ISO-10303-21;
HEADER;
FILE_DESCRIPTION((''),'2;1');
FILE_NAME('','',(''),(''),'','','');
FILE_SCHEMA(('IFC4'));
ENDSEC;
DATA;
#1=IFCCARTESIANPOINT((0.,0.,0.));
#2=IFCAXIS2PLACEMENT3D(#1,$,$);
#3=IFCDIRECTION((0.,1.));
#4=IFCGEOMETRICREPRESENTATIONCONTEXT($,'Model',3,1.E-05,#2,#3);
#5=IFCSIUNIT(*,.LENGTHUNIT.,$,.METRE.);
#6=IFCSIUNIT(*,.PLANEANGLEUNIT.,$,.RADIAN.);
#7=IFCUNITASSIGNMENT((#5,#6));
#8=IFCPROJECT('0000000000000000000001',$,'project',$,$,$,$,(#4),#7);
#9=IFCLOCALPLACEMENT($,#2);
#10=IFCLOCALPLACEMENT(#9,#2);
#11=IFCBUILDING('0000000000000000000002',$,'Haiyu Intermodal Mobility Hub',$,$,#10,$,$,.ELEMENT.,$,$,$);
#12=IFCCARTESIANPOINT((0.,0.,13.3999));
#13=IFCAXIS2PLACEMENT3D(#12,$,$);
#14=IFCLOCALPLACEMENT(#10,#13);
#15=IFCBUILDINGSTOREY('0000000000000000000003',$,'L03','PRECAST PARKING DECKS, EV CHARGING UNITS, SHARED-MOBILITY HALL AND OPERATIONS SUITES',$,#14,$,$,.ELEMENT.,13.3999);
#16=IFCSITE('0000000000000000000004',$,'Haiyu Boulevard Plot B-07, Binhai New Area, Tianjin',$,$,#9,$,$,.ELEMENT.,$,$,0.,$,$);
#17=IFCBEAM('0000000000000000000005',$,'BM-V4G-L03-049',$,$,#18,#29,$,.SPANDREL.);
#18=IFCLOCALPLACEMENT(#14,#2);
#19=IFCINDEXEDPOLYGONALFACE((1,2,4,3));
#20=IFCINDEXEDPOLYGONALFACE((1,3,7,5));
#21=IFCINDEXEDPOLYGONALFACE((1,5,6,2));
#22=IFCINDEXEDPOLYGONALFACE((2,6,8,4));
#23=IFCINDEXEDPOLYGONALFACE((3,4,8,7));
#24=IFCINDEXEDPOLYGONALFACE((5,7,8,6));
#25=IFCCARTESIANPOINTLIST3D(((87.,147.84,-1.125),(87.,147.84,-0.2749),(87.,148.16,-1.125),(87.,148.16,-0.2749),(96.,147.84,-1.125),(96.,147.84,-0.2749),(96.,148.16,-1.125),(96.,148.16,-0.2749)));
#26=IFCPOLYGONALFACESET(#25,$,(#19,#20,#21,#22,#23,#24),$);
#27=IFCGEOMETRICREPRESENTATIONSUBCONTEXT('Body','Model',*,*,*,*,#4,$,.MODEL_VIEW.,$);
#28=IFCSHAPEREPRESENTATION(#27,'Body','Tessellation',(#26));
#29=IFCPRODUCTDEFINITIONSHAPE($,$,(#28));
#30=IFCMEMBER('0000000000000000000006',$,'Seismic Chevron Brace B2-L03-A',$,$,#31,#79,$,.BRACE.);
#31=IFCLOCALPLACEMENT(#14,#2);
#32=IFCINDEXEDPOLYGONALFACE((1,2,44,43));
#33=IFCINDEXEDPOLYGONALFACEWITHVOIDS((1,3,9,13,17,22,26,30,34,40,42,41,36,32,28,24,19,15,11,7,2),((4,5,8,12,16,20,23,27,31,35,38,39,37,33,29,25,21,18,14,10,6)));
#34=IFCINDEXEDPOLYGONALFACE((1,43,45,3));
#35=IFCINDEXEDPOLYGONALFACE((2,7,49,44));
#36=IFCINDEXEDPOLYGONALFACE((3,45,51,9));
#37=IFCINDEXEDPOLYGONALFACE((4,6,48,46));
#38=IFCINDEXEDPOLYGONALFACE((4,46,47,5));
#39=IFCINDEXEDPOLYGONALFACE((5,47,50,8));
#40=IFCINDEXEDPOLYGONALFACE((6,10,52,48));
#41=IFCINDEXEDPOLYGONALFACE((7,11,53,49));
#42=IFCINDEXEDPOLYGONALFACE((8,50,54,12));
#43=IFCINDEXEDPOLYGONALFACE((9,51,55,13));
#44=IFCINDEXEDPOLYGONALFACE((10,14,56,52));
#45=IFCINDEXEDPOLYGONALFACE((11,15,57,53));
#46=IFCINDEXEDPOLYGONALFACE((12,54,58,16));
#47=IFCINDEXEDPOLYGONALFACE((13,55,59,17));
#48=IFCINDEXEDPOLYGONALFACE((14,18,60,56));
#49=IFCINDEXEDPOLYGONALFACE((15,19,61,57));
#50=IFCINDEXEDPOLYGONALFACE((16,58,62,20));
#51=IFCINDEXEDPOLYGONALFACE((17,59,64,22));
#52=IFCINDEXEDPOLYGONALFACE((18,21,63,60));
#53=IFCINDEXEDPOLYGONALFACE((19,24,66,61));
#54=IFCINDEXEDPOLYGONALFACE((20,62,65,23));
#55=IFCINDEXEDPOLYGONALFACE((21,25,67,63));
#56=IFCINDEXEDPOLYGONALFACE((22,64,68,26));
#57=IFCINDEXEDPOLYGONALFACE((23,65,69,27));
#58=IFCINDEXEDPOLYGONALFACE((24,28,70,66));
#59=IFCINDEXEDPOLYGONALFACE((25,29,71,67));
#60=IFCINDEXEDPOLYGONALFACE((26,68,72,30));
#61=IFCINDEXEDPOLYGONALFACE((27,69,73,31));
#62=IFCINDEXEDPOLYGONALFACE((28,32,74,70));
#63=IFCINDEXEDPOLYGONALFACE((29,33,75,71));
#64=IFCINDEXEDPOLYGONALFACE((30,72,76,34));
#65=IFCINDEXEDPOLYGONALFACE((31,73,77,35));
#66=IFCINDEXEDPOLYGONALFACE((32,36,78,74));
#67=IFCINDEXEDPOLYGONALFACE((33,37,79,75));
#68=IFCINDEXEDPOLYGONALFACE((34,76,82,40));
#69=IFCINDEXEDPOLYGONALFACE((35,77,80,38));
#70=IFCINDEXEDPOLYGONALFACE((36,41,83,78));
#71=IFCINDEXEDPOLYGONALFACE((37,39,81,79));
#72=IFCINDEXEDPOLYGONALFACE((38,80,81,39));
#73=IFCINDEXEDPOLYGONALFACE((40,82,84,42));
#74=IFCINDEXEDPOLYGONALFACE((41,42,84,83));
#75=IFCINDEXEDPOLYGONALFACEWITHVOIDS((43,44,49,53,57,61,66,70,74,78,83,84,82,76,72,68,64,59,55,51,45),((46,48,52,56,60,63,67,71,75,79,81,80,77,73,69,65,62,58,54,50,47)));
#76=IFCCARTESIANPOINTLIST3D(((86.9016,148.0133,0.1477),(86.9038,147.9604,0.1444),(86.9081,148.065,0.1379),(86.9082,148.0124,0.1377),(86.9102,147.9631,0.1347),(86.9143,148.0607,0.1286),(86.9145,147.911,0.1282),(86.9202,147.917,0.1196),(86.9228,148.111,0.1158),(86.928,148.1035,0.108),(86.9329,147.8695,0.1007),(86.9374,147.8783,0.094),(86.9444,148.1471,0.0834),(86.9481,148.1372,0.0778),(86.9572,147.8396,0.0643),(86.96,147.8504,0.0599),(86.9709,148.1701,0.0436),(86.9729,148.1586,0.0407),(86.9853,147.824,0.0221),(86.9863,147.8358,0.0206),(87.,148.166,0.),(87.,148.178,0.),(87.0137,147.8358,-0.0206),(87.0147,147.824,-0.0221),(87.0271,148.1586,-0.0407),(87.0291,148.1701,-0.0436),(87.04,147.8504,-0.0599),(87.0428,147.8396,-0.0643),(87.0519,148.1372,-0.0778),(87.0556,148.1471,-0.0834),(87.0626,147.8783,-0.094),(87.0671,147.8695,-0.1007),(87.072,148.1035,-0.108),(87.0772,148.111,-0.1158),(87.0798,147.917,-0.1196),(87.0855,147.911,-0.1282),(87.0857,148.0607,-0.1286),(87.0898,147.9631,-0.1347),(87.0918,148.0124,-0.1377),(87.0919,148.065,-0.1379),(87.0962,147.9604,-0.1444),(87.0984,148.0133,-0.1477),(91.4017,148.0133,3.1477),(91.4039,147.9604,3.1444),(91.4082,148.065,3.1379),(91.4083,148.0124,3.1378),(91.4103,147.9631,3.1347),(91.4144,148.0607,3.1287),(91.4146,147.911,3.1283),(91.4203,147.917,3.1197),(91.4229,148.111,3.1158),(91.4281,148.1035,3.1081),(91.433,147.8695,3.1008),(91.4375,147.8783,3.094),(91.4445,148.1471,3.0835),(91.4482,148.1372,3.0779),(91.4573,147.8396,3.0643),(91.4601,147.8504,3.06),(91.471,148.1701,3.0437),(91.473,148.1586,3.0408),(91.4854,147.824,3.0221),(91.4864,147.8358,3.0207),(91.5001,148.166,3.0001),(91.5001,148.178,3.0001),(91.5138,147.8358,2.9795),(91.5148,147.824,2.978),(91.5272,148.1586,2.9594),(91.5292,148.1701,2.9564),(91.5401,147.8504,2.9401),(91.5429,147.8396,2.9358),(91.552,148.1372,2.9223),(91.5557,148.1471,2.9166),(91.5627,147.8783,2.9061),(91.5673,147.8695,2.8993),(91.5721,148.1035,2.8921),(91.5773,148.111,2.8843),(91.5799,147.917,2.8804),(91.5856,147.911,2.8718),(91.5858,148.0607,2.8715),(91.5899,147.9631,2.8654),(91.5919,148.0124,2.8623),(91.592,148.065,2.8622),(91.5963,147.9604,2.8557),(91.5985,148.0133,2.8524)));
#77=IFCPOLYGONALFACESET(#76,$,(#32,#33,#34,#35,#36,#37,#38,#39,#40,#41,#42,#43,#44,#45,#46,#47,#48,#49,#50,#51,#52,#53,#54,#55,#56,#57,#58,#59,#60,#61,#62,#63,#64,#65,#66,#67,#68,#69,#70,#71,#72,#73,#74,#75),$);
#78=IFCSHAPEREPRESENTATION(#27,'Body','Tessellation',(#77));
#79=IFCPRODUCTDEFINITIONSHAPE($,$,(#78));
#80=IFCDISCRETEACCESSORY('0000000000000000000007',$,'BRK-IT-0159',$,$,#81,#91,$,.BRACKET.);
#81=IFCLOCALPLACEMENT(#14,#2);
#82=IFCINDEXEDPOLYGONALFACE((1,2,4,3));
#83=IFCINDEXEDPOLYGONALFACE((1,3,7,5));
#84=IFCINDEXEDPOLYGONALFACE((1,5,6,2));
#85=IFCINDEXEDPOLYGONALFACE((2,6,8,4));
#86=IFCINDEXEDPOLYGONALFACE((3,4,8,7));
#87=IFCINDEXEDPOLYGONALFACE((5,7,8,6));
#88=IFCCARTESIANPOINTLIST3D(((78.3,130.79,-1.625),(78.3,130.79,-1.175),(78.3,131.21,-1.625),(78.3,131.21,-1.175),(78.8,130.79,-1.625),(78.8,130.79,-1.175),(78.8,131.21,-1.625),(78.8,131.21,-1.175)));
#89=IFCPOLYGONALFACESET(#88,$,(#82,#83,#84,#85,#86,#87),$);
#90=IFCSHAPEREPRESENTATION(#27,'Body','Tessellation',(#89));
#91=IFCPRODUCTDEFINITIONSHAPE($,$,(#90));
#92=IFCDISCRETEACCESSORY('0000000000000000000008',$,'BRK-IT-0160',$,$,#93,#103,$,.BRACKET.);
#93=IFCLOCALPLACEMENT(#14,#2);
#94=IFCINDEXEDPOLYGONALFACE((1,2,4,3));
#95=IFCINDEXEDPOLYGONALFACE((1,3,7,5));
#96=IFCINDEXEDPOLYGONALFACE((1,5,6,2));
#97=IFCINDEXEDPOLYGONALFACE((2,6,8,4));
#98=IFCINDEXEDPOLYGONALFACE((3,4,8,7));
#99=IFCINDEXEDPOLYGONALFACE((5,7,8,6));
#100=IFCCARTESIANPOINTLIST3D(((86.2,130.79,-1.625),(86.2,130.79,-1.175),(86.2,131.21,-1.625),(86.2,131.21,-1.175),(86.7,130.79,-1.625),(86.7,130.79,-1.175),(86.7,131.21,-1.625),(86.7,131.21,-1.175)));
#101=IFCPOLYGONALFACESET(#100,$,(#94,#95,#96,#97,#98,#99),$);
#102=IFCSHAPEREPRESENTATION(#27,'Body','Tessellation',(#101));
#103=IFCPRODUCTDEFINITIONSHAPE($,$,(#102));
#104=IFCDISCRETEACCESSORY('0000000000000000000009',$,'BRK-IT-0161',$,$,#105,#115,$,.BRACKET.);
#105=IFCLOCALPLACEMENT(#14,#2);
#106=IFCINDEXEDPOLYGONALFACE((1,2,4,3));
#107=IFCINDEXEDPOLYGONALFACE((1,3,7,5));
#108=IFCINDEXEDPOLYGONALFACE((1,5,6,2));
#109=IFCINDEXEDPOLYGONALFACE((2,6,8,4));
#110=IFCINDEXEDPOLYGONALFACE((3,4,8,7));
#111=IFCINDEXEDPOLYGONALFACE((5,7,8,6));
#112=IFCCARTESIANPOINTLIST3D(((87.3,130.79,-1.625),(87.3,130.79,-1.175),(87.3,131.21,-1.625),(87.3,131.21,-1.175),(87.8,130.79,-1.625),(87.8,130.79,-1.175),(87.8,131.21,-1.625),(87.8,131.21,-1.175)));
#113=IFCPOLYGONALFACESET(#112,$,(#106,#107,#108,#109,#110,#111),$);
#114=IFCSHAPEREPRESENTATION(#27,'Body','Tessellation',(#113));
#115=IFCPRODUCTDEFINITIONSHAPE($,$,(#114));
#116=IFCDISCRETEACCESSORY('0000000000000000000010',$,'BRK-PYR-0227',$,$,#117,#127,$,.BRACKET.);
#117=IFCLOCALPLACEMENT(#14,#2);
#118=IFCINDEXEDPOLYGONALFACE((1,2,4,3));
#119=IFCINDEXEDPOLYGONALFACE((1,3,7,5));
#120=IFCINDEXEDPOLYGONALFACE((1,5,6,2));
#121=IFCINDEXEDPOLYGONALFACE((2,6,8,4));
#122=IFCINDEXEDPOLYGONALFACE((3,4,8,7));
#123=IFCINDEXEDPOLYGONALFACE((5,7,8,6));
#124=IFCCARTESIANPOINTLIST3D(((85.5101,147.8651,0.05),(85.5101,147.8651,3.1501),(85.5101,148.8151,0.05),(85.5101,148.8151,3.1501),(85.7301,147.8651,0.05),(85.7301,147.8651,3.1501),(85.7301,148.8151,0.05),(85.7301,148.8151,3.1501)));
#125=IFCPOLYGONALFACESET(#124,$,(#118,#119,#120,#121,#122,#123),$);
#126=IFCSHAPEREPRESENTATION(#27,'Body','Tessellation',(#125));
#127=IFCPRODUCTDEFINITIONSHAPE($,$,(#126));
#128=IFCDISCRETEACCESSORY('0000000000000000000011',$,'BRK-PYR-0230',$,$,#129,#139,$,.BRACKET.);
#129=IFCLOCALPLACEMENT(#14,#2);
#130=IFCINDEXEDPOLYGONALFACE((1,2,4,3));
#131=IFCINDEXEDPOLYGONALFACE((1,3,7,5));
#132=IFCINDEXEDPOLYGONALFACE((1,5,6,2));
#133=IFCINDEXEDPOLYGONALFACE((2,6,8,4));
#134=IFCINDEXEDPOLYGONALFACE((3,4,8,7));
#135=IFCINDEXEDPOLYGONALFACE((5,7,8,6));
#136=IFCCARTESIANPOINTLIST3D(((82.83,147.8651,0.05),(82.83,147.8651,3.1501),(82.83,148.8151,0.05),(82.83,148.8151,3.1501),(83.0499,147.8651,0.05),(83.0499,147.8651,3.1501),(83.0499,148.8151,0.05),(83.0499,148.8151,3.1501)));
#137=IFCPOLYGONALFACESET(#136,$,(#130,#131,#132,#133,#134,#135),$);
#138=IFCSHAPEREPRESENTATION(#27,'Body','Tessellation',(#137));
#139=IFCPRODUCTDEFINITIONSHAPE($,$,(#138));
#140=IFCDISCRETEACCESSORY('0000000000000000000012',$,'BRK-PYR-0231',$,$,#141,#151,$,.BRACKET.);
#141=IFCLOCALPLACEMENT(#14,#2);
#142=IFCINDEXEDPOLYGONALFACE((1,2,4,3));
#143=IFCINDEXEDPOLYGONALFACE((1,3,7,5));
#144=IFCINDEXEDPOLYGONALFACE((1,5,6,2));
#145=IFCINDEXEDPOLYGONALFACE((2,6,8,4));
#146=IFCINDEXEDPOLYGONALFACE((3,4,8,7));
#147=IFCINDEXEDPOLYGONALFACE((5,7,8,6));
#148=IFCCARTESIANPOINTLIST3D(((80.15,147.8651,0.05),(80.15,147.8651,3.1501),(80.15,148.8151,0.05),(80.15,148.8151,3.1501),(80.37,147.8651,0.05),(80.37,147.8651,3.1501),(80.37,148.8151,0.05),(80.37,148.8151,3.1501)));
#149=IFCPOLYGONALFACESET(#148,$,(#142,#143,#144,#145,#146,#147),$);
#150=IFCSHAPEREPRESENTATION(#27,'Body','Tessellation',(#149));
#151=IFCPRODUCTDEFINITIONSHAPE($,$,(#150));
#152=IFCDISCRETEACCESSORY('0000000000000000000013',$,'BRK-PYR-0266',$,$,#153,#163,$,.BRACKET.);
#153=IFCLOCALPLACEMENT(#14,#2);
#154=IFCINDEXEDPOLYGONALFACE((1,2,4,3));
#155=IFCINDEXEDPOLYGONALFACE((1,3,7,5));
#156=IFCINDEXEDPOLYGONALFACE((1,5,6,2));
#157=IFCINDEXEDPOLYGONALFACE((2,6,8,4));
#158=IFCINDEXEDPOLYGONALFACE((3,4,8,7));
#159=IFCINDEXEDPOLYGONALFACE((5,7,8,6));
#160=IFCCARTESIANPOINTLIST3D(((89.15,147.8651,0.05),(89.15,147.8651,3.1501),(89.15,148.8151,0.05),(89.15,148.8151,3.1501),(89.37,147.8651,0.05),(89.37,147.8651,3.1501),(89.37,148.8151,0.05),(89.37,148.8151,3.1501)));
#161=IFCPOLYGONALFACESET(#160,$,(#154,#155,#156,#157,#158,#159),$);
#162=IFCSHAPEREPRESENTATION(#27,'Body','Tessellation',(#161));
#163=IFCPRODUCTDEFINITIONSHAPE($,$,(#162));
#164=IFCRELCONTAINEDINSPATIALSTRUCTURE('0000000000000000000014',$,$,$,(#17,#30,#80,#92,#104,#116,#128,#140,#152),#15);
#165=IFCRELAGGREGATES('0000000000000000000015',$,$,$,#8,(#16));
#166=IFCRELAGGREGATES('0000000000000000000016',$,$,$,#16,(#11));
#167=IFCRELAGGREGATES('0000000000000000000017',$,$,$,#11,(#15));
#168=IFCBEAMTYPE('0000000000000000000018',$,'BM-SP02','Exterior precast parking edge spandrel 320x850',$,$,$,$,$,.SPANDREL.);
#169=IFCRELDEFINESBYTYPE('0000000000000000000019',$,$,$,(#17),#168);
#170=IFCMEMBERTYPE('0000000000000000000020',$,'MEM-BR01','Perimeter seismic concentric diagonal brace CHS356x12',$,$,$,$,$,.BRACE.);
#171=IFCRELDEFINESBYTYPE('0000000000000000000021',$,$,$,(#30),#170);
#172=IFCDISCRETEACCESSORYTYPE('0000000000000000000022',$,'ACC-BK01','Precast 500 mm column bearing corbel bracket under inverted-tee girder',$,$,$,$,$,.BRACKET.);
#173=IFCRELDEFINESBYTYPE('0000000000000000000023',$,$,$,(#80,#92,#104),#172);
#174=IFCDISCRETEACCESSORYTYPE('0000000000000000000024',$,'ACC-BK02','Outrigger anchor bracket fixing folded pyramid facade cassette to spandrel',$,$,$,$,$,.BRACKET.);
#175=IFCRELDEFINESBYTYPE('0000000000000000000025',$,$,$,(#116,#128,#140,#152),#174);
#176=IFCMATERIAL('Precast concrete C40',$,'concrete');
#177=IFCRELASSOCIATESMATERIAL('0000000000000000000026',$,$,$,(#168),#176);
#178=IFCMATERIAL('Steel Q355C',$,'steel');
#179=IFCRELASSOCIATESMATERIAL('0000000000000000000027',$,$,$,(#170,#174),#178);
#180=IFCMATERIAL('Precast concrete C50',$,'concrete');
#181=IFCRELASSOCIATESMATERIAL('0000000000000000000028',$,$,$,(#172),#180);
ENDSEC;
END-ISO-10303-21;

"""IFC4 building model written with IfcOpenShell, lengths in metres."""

from ifc_helpers import new_model, si_unit, direction, frame, origin, origin_2d, place, context, subcontext, project, spatial, rectangle, hollow_circle, extrude, material, material_profile, profile_set, type_object, element, save


model = new_model("IFC4")

# Units and contexts
model_context = context("Model", 3, precision=1e-05, world=origin(), true_north=direction((0.0, 1.0)))
body_context = subcontext(model_context, "Body", "Model", "MODEL_VIEW")
ifc_project = project(units=[si_unit("LENGTHUNIT", "METRE"), si_unit("PLANEANGLEUNIT", "RADIAN")], contexts=[model_context])

# Site, building, storey
site_placement = place(None, origin())
site = spatial("IfcSite", under=ifc_project, at=site_placement, Name="Haiyu Boulevard Plot B-07, Binhai New Area, Tianjin", CompositionType="ELEMENT", RefElevation=0.0)
building_placement = place(site_placement, origin())
building = spatial("IfcBuilding", under=site, at=building_placement, Name="Haiyu Intermodal Mobility Hub", CompositionType="ELEMENT")
storey_placement = place(building_placement, frame((0.0, 0.0, 13.3999)))
storey = spatial("IfcBuildingStorey", under=building, at=storey_placement, Name="L03", Description="PRECAST PARKING DECKS, EV CHARGING UNITS, SHARED-MOBILITY HALL AND OPERATIONS SUITES", CompositionType="ELEMENT", Elevation=13.3999)

# Shared definitions
ifc_material_1 = material(Name="Precast concrete C40", Category="concrete")

# Beam
ifc_material_2 = material(Name="Precast concrete C50", Category="concrete")
ifc_material_profile_1 = material_profile(ifc_material_1, rectangle(XDim=0.3201, YDim=0.8501, at=origin_2d()), Name="PC320x850")
ifc_profile_set_1 = profile_set([ifc_material_profile_1], Name="Precast concrete C40")
beam_type_1 = type_object("IfcBeamType", Name="BM-SP02", Description="Exterior precast parking edge spandrel 320x850", PredefinedType="SPANDREL", material=ifc_profile_set_1)
for number, where, z_axis, x_axis, name in (
    (1, (87.0, 148.0, -0.7), (1.0, 0.0, 0.0), (0.0, 1.0, 0.0), "BM-V4G-L03-049"),
):
    element("IfcBeam", number, at=place(storey_placement, frame(where, z_axis=z_axis, x_axis=x_axis)), inside=storey, type_object=beam_type_1, Name=name, PredefinedType="SPANDREL", context=body_context, shape_type="SweptSolid", body=[
        extrude(rectangle(XDim=0.3201, YDim=0.8501, at=origin_2d()), origin(), (0.0, 0.0, 1.0), 9.0),
    ])

# Member
ifc_material_3 = material(Name="Steel Q355C", Category="steel")
ifc_material_profile_2 = material_profile(ifc_material_3, hollow_circle(Radius=0.178, WallThickness=0.012, at=origin_2d()), Name="CHS356x12")
ifc_profile_set_2 = profile_set([ifc_material_profile_2], Name="Steel Q355C")
member_type = type_object("IfcMemberType", Name="MEM-BR01", Description="Perimeter seismic concentric diagonal brace CHS356x12", PredefinedType="BRACE", material=ifc_profile_set_2)
member_placement = place(storey_placement, frame((87.0, 148.0, 0.0), z_axis=(0.83205, 0.0, 0.5547), x_axis=(0.0, 1.0, 0.0)))
element("IfcMember", 2, at=member_placement, inside=storey, type_object=member_type, Name="Seismic Chevron Brace B2-L03-A", PredefinedType="BRACE", context=body_context, shape_type="SweptSolid", body=[
    extrude(hollow_circle(Radius=0.178, WallThickness=0.012, at=origin_2d()), origin(), (0.0, 0.0, 1.0), 5.4084),
])

# Discrete accessories
discrete_accessory_type_1 = type_object("IfcDiscreteAccessoryType", Name="ACC-BK01", Description="Precast 500 mm column bearing corbel bracket under inverted-tee girder", PredefinedType="BRACKET", material=ifc_material_2)
for number, where, z_axis, x_axis, name in (
    (3, (78.55, 131.0, -1.625), (0.0, 0.0, 1.0), (1.0, 0.0, 0.0), "BRK-IT-0159"),
    (4, (86.45, 131.0, -1.625), (0.0, 0.0, 1.0), (1.0, 0.0, 0.0), "BRK-IT-0160"),
    (5, (87.55, 131.0, -1.625), (0.0, 0.0, 1.0), (1.0, 0.0, 0.0), "BRK-IT-0161"),
):
    element("IfcDiscreteAccessory", number, at=place(storey_placement, frame(where, z_axis=z_axis, x_axis=x_axis)), inside=storey, type_object=discrete_accessory_type_1, Name=name, PredefinedType="BRACKET", context=body_context, shape_type="SweptSolid", body=[
        extrude(rectangle(XDim=0.5, YDim=0.4199, at=origin_2d()), origin(), (0.0, 0.0, 1.0), 0.45),
    ])
discrete_accessory_type_2 = type_object("IfcDiscreteAccessoryType", Name="ACC-BK02", Description="Outrigger anchor bracket fixing folded pyramid facade cassette to spandrel", PredefinedType="BRACKET", material=ifc_material_3)
for number, where, z_axis, x_axis, name in (
    (6, (85.6201, 148.3401, 0.05), (0.0, 0.0, 1.0), (1.0, 0.0, 0.0), "BRK-PYR-0227"),
    (7, (82.9399, 148.3401, 0.05), (0.0, 0.0, 1.0), (1.0, 0.0, 0.0), "BRK-PYR-0230"),
    (8, (80.26, 148.3401, 0.05), (0.0, 0.0, 1.0), (1.0, 0.0, 0.0), "BRK-PYR-0231"),
    (9, (89.26, 148.3401, 0.05), (0.0, 0.0, 1.0), (1.0, 0.0, 0.0), "BRK-PYR-0266"),
):
    element("IfcDiscreteAccessory", number, at=place(storey_placement, frame(where, z_axis=z_axis, x_axis=x_axis)), inside=storey, type_object=discrete_accessory_type_2, Name=name, PredefinedType="BRACKET", context=body_context, shape_type="SweptSolid", body=[
        extrude(rectangle(XDim=0.22, YDim=0.95, at=origin_2d()), origin(), (0.0, 0.0, 1.0), 3.1001),
    ])

save(model, "model.ifc")
